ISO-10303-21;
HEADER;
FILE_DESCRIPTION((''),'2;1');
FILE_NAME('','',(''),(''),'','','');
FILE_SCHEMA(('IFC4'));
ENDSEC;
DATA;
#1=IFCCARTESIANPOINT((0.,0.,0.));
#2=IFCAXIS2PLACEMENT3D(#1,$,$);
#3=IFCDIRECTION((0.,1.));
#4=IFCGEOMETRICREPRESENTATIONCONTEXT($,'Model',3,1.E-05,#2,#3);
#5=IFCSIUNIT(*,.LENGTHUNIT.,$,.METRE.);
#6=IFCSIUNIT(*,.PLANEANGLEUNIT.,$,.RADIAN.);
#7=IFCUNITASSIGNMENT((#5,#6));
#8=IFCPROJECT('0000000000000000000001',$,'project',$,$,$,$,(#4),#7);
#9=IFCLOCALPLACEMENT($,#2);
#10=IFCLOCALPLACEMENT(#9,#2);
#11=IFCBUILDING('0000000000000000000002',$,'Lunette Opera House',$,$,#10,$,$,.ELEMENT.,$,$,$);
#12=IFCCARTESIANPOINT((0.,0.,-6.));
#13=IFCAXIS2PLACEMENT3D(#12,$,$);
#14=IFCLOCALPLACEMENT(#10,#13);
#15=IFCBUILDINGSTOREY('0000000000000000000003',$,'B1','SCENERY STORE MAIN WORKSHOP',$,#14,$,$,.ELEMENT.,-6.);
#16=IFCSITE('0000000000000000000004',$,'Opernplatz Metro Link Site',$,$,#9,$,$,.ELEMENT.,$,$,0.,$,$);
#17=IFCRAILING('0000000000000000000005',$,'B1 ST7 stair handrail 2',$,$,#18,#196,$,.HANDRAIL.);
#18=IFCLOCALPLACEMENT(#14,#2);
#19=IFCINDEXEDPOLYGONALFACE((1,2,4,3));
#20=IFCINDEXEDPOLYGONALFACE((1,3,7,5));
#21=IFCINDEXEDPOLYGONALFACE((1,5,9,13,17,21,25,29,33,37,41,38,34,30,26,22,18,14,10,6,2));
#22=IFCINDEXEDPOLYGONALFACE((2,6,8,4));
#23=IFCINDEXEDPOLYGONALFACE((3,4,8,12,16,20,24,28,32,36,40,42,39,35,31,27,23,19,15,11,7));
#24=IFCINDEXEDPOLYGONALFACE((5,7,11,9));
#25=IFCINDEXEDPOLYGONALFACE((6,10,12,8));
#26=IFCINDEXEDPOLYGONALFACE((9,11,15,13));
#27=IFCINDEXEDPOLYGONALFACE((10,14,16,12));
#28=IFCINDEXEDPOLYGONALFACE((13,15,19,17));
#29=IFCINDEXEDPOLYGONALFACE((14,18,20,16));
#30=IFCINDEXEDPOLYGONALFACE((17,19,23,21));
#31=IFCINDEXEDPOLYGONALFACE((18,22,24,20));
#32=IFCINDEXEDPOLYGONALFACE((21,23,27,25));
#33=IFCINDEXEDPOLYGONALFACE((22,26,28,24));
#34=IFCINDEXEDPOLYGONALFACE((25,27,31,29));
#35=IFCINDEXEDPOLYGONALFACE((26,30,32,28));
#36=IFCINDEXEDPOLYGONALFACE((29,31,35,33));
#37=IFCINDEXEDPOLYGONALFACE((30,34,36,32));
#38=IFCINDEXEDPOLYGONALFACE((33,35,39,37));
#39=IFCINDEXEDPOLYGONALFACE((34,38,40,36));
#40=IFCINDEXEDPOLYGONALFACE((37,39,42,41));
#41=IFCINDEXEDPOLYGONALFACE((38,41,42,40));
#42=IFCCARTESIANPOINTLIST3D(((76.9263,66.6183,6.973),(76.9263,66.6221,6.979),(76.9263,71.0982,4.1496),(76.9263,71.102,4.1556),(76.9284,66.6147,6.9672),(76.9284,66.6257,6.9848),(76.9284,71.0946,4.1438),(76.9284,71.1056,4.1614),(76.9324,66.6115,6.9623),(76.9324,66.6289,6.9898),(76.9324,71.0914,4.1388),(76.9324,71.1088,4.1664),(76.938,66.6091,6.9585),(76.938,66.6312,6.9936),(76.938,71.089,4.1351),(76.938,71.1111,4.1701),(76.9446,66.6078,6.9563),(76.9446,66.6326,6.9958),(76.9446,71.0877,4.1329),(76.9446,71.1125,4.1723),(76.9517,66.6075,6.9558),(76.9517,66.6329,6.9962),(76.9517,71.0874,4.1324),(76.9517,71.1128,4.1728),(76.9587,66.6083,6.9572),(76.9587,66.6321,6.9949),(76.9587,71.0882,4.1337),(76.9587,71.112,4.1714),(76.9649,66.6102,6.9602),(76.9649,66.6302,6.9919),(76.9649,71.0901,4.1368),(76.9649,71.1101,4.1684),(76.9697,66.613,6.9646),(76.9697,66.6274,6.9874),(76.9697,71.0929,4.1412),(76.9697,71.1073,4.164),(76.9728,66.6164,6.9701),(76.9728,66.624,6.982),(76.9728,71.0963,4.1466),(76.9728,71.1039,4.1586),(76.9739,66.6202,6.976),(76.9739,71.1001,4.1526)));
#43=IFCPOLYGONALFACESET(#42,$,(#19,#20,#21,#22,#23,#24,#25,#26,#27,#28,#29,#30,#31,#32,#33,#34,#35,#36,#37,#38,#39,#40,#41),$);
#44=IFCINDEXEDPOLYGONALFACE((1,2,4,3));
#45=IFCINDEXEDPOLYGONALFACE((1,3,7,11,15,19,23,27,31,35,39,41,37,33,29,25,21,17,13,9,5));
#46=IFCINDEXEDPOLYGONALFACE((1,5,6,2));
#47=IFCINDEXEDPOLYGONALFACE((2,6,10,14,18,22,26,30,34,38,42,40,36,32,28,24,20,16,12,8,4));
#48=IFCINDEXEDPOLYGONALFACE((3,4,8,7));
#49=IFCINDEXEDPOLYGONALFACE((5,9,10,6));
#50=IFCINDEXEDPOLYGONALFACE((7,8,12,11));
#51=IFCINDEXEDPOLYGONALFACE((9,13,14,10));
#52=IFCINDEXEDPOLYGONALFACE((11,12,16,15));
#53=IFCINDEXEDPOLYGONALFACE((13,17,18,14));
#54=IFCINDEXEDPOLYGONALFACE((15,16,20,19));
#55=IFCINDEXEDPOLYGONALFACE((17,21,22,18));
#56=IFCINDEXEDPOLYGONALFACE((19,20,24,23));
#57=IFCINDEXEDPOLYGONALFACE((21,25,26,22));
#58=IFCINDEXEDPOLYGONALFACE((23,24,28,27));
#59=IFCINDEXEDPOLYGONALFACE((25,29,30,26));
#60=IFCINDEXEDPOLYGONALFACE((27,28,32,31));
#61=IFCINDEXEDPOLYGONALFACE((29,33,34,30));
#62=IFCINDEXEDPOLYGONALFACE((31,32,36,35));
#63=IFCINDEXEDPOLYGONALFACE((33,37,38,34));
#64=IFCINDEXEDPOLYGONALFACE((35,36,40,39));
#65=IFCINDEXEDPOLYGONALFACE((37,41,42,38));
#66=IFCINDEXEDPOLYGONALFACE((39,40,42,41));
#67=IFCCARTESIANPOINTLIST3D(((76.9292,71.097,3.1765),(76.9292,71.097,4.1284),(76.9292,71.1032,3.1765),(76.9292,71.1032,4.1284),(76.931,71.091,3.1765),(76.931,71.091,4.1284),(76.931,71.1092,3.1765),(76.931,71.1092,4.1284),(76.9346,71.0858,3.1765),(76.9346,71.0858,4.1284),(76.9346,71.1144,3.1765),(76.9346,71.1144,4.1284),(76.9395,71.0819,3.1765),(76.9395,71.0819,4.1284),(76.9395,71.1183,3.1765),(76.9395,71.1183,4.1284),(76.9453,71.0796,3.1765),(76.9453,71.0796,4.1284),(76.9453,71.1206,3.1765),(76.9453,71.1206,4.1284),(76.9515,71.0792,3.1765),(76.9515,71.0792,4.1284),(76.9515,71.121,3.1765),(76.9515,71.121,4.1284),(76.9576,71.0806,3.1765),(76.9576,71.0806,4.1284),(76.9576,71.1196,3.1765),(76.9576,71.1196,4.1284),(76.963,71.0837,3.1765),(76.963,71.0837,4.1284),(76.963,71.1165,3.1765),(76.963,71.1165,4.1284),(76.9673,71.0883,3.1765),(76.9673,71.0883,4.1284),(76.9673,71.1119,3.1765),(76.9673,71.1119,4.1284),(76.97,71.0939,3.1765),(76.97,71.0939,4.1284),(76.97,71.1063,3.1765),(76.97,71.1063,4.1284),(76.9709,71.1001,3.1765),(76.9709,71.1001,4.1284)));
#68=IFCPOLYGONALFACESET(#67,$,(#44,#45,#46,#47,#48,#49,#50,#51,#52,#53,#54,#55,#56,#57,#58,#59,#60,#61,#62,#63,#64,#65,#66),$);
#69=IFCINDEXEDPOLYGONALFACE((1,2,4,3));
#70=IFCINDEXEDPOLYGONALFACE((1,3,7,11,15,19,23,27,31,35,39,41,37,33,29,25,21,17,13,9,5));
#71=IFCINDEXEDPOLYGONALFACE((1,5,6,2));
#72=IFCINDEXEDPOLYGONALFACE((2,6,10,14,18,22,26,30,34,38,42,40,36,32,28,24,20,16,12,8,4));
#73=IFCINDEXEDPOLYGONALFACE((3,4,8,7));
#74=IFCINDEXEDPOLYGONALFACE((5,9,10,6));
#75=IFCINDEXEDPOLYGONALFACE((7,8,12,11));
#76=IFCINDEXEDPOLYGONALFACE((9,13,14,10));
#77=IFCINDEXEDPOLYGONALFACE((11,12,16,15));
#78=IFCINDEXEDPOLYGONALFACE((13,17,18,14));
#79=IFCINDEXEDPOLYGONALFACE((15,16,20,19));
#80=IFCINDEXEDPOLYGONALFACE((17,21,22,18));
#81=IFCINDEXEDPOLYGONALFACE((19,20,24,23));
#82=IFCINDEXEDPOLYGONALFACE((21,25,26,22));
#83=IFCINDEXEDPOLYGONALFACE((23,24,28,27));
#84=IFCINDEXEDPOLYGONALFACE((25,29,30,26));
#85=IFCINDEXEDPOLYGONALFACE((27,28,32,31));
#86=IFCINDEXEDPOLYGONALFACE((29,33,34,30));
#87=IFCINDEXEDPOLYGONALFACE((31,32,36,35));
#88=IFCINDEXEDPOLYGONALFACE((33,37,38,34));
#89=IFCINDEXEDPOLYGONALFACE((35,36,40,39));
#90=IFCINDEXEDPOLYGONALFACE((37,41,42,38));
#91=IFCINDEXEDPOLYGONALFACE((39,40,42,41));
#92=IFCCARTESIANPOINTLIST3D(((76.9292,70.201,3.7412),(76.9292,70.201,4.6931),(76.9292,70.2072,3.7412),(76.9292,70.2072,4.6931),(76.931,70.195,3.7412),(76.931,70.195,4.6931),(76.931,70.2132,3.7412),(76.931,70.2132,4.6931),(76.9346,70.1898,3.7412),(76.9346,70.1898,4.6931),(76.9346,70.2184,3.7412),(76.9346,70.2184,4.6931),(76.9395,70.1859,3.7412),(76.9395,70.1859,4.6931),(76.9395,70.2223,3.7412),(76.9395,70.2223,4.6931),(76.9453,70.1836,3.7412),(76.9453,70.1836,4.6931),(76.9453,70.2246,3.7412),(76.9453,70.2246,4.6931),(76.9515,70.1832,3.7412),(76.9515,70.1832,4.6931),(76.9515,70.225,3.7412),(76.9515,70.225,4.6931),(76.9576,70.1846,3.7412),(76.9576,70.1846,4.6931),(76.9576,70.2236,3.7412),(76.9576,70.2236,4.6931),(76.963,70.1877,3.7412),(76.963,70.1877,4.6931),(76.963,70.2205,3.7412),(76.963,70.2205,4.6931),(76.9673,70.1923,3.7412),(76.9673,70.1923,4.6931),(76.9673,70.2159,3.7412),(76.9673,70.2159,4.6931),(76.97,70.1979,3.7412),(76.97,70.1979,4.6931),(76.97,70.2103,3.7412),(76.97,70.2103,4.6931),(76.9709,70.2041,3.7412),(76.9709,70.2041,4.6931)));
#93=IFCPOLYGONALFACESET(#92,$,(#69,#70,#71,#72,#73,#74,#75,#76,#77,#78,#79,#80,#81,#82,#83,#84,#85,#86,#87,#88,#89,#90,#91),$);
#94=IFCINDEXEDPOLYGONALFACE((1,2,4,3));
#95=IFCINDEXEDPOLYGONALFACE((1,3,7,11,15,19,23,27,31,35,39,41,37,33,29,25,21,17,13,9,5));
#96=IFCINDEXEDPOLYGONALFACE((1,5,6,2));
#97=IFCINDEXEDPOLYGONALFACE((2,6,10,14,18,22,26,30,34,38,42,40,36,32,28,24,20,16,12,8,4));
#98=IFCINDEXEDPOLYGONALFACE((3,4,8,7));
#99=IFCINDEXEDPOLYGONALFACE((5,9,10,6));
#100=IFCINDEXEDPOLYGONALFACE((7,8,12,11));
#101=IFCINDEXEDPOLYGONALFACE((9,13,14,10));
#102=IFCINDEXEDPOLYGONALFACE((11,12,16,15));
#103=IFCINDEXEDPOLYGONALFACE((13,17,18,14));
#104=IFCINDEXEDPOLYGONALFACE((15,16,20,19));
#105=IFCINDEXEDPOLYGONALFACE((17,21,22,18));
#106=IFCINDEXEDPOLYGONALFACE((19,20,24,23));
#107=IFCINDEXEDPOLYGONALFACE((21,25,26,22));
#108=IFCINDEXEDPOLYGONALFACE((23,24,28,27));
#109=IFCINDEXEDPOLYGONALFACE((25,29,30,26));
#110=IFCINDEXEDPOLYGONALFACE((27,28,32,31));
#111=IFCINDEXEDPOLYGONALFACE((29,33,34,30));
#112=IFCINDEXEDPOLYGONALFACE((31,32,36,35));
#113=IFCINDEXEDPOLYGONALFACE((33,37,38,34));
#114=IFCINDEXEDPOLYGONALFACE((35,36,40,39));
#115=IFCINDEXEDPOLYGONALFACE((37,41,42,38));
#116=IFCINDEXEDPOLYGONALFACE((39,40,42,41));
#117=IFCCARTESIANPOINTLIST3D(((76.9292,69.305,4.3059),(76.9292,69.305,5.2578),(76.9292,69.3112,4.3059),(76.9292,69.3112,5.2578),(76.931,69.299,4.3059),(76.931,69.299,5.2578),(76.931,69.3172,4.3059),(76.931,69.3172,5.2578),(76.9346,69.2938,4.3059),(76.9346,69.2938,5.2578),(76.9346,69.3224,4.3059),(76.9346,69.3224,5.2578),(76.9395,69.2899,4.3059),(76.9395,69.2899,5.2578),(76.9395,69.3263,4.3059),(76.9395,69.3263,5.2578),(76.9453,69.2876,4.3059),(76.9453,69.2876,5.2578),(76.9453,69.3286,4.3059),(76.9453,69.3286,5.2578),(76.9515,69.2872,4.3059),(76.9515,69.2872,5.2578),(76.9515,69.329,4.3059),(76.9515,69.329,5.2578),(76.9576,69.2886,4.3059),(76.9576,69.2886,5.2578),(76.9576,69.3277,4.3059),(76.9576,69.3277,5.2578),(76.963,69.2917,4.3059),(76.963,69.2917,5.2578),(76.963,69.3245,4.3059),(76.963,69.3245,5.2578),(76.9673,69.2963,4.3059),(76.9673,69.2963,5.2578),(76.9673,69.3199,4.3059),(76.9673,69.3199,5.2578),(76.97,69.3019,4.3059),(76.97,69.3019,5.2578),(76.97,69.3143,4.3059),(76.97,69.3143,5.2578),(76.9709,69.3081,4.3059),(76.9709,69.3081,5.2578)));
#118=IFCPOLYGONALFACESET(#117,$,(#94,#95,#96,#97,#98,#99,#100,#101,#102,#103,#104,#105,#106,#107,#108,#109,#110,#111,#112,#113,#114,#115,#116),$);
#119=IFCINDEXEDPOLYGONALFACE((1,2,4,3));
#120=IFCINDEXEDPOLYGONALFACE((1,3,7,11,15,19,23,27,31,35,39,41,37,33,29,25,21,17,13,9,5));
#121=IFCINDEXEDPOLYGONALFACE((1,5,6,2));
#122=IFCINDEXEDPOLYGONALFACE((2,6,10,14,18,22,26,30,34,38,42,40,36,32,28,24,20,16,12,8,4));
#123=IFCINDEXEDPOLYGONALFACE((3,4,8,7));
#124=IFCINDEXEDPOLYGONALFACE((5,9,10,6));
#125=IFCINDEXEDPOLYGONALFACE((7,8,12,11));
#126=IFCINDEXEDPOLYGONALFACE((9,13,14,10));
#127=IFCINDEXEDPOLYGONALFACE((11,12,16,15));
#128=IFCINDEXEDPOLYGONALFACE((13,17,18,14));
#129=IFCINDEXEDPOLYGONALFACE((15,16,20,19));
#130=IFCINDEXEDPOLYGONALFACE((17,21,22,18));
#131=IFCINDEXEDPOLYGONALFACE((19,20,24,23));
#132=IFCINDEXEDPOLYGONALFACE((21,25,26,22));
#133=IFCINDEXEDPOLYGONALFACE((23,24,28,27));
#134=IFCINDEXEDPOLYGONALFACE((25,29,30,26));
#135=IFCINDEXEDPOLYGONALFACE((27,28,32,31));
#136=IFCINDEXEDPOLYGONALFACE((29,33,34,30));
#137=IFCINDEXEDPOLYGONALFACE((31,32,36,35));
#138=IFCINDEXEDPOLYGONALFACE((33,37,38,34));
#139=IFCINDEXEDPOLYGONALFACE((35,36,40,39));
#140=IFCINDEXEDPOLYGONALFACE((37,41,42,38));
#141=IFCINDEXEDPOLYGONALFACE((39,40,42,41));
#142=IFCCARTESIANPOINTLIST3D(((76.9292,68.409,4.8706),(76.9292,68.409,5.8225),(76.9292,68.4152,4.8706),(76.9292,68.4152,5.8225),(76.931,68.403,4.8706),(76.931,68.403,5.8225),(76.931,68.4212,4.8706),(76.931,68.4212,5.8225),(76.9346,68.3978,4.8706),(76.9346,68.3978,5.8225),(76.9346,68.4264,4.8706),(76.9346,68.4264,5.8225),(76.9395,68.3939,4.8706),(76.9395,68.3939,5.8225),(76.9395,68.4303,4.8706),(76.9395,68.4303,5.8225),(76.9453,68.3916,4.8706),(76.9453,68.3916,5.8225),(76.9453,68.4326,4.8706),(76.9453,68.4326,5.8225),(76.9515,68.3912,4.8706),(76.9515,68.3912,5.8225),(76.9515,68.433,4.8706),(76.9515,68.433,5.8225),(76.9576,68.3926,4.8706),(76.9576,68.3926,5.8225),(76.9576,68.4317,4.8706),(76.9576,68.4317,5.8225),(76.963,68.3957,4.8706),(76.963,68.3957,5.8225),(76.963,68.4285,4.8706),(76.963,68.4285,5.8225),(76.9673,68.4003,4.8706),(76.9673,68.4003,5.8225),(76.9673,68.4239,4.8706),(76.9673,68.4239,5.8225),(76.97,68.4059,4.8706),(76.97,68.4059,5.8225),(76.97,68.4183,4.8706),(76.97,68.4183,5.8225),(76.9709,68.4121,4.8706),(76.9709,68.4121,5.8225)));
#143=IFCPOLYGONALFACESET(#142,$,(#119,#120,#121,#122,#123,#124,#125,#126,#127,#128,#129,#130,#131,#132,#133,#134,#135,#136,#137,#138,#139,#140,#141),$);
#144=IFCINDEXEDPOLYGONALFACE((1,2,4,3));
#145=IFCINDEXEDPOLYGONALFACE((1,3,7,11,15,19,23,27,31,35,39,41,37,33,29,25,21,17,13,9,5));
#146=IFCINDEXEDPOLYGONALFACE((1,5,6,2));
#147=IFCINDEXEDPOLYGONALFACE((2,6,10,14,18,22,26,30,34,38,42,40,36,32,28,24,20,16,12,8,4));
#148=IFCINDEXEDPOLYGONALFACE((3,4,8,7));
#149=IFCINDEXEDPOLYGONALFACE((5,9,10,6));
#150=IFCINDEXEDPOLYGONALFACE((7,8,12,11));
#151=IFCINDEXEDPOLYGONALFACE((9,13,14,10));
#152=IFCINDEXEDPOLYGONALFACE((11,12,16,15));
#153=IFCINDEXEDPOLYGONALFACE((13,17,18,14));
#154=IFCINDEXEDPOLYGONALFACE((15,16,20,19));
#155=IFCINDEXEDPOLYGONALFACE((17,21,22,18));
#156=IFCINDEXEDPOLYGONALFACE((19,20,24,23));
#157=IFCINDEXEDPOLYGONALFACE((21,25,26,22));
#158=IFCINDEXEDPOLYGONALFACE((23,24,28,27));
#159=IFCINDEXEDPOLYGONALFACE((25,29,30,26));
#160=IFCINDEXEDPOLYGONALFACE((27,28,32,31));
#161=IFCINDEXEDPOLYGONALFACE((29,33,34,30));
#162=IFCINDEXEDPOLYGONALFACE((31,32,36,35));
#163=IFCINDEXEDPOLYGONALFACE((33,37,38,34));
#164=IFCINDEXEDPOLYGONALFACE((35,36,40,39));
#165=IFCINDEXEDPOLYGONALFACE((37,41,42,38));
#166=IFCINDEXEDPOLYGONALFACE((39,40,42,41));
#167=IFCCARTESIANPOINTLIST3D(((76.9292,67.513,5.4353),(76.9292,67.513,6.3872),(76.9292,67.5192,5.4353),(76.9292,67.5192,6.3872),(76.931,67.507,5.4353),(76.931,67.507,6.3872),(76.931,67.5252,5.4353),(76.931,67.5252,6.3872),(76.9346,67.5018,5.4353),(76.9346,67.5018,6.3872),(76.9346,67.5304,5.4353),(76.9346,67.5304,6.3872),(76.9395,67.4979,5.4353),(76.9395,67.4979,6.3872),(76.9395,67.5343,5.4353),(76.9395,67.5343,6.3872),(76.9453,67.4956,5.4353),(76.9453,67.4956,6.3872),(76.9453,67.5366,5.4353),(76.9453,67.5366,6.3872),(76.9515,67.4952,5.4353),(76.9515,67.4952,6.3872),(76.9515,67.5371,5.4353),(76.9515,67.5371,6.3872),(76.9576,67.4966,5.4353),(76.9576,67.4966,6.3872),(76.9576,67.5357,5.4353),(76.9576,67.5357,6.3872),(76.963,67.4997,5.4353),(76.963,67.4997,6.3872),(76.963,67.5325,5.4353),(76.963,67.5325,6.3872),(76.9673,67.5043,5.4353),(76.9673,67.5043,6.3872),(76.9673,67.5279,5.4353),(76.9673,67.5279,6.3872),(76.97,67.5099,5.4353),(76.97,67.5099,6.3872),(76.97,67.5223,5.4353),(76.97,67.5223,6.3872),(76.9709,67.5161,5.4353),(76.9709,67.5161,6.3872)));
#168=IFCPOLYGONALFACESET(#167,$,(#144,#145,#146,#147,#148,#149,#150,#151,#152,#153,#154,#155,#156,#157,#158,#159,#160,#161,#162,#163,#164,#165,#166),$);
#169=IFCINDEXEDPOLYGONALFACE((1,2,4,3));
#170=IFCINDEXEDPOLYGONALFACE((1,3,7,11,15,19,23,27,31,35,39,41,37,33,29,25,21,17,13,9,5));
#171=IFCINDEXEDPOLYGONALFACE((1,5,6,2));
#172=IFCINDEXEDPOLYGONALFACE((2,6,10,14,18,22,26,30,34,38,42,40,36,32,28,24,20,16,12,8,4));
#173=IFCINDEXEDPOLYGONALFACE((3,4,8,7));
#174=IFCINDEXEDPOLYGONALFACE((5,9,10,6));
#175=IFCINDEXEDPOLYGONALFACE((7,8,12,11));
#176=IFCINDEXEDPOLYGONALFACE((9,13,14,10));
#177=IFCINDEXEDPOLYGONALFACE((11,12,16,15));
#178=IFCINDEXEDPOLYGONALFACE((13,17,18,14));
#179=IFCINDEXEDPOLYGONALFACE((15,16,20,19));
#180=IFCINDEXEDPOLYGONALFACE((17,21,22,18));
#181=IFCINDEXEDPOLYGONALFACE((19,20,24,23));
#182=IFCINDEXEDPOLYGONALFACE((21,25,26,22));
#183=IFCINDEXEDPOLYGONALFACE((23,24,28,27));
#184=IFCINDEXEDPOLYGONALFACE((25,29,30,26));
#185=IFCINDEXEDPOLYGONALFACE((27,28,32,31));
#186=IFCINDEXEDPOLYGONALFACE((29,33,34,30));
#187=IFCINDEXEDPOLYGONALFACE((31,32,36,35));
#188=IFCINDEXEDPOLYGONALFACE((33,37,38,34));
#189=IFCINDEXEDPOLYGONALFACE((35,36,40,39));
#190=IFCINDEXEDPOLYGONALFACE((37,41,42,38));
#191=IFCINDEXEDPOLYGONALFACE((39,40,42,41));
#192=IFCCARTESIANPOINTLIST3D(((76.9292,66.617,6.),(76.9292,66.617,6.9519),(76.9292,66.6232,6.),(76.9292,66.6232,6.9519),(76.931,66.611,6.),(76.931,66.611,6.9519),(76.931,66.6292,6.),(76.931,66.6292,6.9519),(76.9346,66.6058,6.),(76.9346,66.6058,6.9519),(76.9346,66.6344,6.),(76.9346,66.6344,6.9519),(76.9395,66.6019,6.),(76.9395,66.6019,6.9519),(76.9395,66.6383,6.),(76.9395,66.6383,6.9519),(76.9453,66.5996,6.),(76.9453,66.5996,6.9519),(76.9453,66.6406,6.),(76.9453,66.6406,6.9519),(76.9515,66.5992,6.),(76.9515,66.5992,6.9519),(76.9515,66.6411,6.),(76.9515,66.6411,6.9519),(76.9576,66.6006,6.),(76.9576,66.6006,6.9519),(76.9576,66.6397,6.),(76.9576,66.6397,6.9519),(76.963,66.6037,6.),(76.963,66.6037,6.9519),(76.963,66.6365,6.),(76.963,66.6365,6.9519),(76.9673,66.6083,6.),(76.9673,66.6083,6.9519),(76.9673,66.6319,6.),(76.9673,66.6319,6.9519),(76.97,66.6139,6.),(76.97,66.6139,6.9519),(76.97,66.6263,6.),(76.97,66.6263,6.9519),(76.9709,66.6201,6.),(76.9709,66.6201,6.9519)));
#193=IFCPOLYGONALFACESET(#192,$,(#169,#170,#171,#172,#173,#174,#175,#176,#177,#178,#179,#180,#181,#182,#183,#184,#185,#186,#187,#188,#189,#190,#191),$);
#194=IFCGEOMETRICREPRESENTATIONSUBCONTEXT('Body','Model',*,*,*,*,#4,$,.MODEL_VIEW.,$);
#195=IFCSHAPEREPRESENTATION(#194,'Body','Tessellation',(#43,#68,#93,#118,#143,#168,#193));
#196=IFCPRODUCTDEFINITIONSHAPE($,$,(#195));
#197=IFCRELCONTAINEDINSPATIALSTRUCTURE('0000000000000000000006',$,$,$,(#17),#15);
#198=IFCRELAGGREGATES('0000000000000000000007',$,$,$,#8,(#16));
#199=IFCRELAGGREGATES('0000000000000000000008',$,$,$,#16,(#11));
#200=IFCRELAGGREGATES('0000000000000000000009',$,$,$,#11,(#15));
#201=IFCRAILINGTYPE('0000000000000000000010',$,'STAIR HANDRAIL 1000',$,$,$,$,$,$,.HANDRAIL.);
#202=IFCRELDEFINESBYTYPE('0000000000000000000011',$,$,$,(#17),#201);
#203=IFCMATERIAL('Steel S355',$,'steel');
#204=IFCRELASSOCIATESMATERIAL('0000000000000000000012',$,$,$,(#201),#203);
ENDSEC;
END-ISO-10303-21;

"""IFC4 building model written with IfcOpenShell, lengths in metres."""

from ifc_helpers import new_model, si_unit, direction, frame, origin, origin_2d, place, context, subcontext, project, spatial, circle, extrude, material, type_object, element, save


model = new_model("IFC4")

# Units and contexts
model_context = context("Model", 3, precision=1e-05, world=origin(), true_north=direction((0.0, 1.0)))
body_context = subcontext(model_context, "Body", "Model", "MODEL_VIEW")
ifc_project = project(units=[si_unit("LENGTHUNIT", "METRE"), si_unit("PLANEANGLEUNIT", "RADIAN")], contexts=[model_context])

# Site, building, storey
site_placement = place(None, origin())
site = spatial("IfcSite", under=ifc_project, at=site_placement, Name="Opernplatz Metro Link Site", CompositionType="ELEMENT", RefElevation=0.0)
building_placement = place(site_placement, origin())
building = spatial("IfcBuilding", under=site, at=building_placement, Name="Lunette Opera House", CompositionType="ELEMENT")
storey_placement = place(building_placement, frame((0.0, 0.0, -6.0)))
storey = spatial("IfcBuildingStorey", under=building, at=storey_placement, Name="B1", Description="SCENERY STORE MAIN WORKSHOP", CompositionType="ELEMENT", Elevation=-6.0)

# Railing
ifc_material_1 = material(Name="Steel S355", Category="steel")
railing_type = type_object("IfcRailingType", Name="STAIR HANDRAIL 1000", PredefinedType="HANDRAIL", material=ifc_material_1)
railing_placement = place(storey_placement, frame((76.95, 71.1001, 3.1765)))
element("IfcRailing", 1, at=railing_placement, inside=storey, type_object=railing_type, Name="B1 ST7 stair handrail 2", PredefinedType="HANDRAIL", context=body_context, shape_type="SweptSolid", body=[
    extrude(circle(Radius=0.0239, at=origin_2d()), frame((0.0, 0.0, 0.9761), z_axis=(0.0, -0.845998, 0.533186), x_axis=(1.0, 0.0, 0.0)), (0.0, 0.0, 1.0), 5.2954),
    extrude(circle(Radius=0.021, at=origin_2d()), origin(), (0.0, 0.0, 1.0), 0.9519),
    extrude(circle(Radius=0.021, at=origin_2d()), frame((0.0, -0.896, 0.5647)), (0.0, 0.0, 1.0), 0.9519),
    extrude(circle(Radius=0.021, at=origin_2d()), frame((0.0, -1.792, 1.1294)), (0.0, 0.0, 1.0), 0.9519),
    extrude(circle(Radius=0.021, at=origin_2d()), frame((0.0, -2.688, 1.6941)), (0.0, 0.0, 1.0), 0.9519),
    extrude(circle(Radius=0.021, at=origin_2d()), frame((0.0, -3.584, 2.2588)), (0.0, 0.0, 1.0), 0.9519),
    extrude(circle(Radius=0.021, at=origin_2d()), frame((0.0, -4.48, 2.8235)), (0.0, 0.0, 1.0), 0.9519),
])

save(model, "model.ifc")
